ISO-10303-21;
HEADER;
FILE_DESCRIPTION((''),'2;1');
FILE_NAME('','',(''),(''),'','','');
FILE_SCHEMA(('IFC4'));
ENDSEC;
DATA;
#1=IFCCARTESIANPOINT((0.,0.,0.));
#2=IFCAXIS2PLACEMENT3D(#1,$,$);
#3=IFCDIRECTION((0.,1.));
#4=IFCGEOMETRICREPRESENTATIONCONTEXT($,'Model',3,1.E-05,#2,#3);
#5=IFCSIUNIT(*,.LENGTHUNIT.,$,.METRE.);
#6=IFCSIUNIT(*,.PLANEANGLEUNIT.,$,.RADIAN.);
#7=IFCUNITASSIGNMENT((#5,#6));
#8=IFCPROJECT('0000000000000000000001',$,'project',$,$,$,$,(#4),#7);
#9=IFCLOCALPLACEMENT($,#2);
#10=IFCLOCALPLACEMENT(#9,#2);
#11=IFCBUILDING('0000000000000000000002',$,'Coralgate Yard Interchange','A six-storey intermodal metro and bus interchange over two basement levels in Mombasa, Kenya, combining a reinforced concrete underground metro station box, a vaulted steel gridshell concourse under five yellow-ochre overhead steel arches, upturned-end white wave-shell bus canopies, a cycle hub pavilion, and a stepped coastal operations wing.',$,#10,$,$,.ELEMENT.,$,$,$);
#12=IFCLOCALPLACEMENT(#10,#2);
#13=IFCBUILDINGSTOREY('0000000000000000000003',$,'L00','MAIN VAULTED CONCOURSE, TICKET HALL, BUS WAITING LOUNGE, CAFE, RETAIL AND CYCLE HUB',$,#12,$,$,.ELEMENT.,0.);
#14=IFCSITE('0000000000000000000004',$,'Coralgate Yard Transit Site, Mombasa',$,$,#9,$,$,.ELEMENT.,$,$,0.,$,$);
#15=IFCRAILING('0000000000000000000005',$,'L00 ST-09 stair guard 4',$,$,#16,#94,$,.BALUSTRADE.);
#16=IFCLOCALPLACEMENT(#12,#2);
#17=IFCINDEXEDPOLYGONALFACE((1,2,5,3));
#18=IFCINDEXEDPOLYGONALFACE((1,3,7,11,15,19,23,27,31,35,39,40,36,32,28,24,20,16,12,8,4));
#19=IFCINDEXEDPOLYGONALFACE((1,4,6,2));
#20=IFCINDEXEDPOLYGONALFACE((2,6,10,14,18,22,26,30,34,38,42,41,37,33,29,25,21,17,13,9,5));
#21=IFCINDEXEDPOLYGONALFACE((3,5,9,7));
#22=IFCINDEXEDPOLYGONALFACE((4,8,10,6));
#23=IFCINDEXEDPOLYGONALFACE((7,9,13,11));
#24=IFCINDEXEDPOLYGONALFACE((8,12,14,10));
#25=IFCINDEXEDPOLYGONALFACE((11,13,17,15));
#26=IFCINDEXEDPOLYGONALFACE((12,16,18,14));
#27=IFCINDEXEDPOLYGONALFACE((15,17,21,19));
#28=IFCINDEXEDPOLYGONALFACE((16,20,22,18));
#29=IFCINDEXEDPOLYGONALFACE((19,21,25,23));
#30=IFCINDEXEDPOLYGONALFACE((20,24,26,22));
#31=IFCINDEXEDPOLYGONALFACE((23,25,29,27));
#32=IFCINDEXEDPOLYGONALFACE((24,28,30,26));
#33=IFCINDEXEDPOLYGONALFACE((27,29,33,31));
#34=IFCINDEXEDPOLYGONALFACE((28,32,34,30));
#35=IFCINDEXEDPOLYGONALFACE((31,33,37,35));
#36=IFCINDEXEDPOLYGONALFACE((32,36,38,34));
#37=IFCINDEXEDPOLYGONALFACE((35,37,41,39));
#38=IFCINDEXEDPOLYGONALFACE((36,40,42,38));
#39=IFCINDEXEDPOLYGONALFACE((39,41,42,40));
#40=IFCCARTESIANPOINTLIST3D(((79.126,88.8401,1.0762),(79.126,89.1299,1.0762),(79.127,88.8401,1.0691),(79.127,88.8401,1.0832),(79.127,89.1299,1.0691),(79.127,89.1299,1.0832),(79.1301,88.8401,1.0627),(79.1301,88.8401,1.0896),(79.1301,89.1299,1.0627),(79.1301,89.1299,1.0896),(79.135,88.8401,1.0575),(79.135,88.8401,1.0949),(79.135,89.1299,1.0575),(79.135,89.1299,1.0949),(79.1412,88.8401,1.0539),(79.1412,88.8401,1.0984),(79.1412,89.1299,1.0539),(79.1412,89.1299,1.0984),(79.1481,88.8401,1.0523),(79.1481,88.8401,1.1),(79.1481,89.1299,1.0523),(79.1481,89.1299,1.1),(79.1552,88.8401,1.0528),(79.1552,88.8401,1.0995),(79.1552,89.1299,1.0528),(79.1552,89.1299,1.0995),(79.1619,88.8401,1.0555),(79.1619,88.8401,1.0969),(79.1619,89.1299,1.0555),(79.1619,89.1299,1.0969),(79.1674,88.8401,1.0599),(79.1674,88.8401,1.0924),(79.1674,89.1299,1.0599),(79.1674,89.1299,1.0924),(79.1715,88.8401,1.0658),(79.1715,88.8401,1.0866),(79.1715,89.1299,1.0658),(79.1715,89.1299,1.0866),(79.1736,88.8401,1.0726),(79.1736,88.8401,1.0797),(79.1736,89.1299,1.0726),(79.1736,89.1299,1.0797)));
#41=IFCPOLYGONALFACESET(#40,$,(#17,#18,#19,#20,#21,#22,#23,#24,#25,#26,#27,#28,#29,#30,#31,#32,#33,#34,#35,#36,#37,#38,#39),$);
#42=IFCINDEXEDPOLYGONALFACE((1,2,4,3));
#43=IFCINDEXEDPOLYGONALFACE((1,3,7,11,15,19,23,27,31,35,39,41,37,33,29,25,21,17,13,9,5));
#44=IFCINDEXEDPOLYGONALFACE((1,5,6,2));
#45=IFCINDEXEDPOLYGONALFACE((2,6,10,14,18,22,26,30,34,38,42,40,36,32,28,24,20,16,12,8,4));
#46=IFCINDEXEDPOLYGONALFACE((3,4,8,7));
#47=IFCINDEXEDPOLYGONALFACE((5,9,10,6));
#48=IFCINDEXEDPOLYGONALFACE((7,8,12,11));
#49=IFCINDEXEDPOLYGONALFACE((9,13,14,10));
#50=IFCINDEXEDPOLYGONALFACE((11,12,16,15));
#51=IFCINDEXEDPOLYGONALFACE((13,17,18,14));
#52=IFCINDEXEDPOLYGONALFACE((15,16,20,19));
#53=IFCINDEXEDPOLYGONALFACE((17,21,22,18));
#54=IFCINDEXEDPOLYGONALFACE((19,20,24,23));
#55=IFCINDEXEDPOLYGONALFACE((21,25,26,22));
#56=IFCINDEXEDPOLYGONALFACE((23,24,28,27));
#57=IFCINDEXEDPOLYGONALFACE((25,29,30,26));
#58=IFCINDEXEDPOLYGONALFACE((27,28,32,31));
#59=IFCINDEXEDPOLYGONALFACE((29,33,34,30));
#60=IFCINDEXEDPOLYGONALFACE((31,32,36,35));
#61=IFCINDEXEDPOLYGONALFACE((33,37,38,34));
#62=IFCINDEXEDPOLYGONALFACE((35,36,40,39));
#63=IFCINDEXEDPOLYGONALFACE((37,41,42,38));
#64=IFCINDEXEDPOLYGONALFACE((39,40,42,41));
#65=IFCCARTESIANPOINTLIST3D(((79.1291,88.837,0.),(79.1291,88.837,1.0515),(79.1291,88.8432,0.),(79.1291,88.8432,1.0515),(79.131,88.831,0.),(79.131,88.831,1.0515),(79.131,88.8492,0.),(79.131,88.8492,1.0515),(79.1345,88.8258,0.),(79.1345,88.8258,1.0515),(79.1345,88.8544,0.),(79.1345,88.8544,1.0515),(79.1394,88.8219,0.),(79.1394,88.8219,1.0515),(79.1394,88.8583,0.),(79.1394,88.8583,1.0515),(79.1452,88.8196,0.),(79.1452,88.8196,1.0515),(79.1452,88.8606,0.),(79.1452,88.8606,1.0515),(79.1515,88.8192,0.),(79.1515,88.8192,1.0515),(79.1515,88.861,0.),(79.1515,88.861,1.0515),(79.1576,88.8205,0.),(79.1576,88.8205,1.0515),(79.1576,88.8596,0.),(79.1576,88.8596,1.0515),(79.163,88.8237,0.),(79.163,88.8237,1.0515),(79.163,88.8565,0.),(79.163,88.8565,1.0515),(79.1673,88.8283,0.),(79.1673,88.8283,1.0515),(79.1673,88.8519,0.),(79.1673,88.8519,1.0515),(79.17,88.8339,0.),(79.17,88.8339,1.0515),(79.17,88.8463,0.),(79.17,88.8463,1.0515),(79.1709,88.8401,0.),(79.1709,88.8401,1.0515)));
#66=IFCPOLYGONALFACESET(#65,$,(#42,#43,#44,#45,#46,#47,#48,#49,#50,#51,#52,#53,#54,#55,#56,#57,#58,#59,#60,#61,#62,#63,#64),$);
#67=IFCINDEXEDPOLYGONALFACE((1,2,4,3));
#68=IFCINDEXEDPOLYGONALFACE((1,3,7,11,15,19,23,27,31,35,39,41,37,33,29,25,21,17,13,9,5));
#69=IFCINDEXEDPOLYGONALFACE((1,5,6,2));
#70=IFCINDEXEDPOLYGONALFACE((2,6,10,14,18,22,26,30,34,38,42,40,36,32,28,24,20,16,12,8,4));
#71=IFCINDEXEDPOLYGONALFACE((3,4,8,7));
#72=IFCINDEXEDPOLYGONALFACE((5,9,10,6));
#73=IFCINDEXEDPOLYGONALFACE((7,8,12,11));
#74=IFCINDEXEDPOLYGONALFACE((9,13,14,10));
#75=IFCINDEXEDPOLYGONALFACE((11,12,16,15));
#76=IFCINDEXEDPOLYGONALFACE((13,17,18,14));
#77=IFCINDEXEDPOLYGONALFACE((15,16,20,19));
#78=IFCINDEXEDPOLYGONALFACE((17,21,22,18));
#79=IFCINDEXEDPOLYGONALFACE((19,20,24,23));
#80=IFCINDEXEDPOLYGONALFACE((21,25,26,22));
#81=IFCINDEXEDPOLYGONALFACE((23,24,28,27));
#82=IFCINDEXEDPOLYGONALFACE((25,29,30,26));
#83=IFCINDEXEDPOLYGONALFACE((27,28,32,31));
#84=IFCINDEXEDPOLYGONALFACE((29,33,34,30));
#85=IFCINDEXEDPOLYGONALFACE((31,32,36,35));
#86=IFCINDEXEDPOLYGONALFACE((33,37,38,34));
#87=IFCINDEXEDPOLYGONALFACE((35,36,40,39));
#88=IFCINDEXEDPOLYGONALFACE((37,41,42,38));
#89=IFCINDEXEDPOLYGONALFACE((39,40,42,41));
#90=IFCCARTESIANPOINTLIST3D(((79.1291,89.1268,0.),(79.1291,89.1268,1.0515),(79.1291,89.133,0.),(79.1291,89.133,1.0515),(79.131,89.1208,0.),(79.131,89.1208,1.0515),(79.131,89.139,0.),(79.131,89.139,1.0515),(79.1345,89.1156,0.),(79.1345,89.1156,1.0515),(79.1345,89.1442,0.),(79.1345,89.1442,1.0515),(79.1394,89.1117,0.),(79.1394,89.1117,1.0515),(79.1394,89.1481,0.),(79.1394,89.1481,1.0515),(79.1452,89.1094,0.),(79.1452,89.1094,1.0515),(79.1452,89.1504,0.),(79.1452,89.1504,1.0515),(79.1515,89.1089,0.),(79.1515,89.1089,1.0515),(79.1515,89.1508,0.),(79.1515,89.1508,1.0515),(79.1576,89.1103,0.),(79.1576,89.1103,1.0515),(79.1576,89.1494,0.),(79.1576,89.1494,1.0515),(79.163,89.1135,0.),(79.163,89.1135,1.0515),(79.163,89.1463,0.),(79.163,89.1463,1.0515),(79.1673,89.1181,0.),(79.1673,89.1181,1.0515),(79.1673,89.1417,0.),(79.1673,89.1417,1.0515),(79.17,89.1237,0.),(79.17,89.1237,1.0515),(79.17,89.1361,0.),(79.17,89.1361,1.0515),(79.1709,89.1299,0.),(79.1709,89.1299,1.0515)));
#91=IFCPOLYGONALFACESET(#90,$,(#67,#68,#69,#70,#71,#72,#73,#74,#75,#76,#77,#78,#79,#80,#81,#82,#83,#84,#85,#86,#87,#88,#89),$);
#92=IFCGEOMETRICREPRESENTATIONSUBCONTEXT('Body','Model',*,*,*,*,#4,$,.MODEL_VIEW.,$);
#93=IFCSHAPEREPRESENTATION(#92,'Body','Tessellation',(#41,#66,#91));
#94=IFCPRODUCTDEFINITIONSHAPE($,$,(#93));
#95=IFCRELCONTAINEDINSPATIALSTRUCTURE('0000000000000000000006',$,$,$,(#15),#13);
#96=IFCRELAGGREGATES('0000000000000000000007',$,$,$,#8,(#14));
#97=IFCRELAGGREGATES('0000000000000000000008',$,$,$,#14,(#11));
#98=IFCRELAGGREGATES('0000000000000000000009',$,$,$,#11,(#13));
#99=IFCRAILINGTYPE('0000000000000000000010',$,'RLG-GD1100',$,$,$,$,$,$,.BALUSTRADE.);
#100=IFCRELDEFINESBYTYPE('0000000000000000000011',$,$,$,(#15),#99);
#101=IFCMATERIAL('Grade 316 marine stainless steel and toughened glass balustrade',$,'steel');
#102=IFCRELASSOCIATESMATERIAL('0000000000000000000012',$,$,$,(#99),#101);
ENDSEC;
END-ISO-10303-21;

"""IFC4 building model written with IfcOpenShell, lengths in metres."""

from ifc_helpers import new_model, si_unit, direction, frame, origin, origin_2d, place, context, subcontext, project, spatial, circle, extrude, material, type_object, element, save


model = new_model("IFC4")

# Units and contexts
model_context = context("Model", 3, precision=1e-05, world=origin(), true_north=direction((0.0, 1.0)))
body_context = subcontext(model_context, "Body", "Model", "MODEL_VIEW")
ifc_project = project(units=[si_unit("LENGTHUNIT", "METRE"), si_unit("PLANEANGLEUNIT", "RADIAN")], contexts=[model_context])

# Site, building, storey
site_placement = place(None, origin())
site = spatial("IfcSite", under=ifc_project, at=site_placement, Name="Coralgate Yard Transit Site, Mombasa", CompositionType="ELEMENT", RefElevation=0.0)
building_placement = place(site_placement, origin())
building = spatial("IfcBuilding", under=site, at=building_placement, Name="Coralgate Yard Interchange", Description="A six-storey intermodal metro and bus interchange over two basement levels in Mombasa, Kenya, combining a reinforced concrete underground metro station box, a vaulted steel gridshell concourse under five yellow-ochre overhead steel arches, upturned-end white wave-shell bus canopies, a cycle hub pavilion, and a stepped coastal operations wing.", CompositionType="ELEMENT")
storey_placement = place(building_placement, origin())
storey = spatial("IfcBuildingStorey", under=building, at=storey_placement, Name="L00", Description="MAIN VAULTED CONCOURSE, TICKET HALL, BUS WAITING LOUNGE, CAFE, RETAIL AND CYCLE HUB", CompositionType="ELEMENT", Elevation=0.0)

# Railing
ifc_material_1 = material(Name="Grade 316 marine stainless steel and toughened glass balustrade", Category="steel")
railing_type_1 = type_object("IfcRailingType", Name="RLG-GD1100", PredefinedType="BALUSTRADE", material=ifc_material_1)
railing_1_placement = place(storey_placement, frame((79.1499, 88.8401, 0.0)))
element("IfcRailing", 1, at=railing_1_placement, inside=storey, type_object=railing_type_1, Name="L00 ST-09 stair guard 4", PredefinedType="BALUSTRADE", context=body_context, shape_type="SweptSolid", body=[
    extrude(circle(Radius=0.0239, at=origin_2d()), frame((0.0, 0.0, 1.0762), z_axis=(0.0, 1.0, 0.0), x_axis=(-1.0, 0.0, 0.0)), (0.0, 0.0, 1.0), 0.2898),
    extrude(circle(Radius=0.021, at=origin_2d()), origin(), (0.0, 0.0, 1.0), 1.0515),
    extrude(circle(Radius=0.021, at=origin_2d()), frame((0.0, 0.2898, 0.0)), (0.0, 0.0, 1.0), 1.0515),
])

save(model, "model.ifc")
